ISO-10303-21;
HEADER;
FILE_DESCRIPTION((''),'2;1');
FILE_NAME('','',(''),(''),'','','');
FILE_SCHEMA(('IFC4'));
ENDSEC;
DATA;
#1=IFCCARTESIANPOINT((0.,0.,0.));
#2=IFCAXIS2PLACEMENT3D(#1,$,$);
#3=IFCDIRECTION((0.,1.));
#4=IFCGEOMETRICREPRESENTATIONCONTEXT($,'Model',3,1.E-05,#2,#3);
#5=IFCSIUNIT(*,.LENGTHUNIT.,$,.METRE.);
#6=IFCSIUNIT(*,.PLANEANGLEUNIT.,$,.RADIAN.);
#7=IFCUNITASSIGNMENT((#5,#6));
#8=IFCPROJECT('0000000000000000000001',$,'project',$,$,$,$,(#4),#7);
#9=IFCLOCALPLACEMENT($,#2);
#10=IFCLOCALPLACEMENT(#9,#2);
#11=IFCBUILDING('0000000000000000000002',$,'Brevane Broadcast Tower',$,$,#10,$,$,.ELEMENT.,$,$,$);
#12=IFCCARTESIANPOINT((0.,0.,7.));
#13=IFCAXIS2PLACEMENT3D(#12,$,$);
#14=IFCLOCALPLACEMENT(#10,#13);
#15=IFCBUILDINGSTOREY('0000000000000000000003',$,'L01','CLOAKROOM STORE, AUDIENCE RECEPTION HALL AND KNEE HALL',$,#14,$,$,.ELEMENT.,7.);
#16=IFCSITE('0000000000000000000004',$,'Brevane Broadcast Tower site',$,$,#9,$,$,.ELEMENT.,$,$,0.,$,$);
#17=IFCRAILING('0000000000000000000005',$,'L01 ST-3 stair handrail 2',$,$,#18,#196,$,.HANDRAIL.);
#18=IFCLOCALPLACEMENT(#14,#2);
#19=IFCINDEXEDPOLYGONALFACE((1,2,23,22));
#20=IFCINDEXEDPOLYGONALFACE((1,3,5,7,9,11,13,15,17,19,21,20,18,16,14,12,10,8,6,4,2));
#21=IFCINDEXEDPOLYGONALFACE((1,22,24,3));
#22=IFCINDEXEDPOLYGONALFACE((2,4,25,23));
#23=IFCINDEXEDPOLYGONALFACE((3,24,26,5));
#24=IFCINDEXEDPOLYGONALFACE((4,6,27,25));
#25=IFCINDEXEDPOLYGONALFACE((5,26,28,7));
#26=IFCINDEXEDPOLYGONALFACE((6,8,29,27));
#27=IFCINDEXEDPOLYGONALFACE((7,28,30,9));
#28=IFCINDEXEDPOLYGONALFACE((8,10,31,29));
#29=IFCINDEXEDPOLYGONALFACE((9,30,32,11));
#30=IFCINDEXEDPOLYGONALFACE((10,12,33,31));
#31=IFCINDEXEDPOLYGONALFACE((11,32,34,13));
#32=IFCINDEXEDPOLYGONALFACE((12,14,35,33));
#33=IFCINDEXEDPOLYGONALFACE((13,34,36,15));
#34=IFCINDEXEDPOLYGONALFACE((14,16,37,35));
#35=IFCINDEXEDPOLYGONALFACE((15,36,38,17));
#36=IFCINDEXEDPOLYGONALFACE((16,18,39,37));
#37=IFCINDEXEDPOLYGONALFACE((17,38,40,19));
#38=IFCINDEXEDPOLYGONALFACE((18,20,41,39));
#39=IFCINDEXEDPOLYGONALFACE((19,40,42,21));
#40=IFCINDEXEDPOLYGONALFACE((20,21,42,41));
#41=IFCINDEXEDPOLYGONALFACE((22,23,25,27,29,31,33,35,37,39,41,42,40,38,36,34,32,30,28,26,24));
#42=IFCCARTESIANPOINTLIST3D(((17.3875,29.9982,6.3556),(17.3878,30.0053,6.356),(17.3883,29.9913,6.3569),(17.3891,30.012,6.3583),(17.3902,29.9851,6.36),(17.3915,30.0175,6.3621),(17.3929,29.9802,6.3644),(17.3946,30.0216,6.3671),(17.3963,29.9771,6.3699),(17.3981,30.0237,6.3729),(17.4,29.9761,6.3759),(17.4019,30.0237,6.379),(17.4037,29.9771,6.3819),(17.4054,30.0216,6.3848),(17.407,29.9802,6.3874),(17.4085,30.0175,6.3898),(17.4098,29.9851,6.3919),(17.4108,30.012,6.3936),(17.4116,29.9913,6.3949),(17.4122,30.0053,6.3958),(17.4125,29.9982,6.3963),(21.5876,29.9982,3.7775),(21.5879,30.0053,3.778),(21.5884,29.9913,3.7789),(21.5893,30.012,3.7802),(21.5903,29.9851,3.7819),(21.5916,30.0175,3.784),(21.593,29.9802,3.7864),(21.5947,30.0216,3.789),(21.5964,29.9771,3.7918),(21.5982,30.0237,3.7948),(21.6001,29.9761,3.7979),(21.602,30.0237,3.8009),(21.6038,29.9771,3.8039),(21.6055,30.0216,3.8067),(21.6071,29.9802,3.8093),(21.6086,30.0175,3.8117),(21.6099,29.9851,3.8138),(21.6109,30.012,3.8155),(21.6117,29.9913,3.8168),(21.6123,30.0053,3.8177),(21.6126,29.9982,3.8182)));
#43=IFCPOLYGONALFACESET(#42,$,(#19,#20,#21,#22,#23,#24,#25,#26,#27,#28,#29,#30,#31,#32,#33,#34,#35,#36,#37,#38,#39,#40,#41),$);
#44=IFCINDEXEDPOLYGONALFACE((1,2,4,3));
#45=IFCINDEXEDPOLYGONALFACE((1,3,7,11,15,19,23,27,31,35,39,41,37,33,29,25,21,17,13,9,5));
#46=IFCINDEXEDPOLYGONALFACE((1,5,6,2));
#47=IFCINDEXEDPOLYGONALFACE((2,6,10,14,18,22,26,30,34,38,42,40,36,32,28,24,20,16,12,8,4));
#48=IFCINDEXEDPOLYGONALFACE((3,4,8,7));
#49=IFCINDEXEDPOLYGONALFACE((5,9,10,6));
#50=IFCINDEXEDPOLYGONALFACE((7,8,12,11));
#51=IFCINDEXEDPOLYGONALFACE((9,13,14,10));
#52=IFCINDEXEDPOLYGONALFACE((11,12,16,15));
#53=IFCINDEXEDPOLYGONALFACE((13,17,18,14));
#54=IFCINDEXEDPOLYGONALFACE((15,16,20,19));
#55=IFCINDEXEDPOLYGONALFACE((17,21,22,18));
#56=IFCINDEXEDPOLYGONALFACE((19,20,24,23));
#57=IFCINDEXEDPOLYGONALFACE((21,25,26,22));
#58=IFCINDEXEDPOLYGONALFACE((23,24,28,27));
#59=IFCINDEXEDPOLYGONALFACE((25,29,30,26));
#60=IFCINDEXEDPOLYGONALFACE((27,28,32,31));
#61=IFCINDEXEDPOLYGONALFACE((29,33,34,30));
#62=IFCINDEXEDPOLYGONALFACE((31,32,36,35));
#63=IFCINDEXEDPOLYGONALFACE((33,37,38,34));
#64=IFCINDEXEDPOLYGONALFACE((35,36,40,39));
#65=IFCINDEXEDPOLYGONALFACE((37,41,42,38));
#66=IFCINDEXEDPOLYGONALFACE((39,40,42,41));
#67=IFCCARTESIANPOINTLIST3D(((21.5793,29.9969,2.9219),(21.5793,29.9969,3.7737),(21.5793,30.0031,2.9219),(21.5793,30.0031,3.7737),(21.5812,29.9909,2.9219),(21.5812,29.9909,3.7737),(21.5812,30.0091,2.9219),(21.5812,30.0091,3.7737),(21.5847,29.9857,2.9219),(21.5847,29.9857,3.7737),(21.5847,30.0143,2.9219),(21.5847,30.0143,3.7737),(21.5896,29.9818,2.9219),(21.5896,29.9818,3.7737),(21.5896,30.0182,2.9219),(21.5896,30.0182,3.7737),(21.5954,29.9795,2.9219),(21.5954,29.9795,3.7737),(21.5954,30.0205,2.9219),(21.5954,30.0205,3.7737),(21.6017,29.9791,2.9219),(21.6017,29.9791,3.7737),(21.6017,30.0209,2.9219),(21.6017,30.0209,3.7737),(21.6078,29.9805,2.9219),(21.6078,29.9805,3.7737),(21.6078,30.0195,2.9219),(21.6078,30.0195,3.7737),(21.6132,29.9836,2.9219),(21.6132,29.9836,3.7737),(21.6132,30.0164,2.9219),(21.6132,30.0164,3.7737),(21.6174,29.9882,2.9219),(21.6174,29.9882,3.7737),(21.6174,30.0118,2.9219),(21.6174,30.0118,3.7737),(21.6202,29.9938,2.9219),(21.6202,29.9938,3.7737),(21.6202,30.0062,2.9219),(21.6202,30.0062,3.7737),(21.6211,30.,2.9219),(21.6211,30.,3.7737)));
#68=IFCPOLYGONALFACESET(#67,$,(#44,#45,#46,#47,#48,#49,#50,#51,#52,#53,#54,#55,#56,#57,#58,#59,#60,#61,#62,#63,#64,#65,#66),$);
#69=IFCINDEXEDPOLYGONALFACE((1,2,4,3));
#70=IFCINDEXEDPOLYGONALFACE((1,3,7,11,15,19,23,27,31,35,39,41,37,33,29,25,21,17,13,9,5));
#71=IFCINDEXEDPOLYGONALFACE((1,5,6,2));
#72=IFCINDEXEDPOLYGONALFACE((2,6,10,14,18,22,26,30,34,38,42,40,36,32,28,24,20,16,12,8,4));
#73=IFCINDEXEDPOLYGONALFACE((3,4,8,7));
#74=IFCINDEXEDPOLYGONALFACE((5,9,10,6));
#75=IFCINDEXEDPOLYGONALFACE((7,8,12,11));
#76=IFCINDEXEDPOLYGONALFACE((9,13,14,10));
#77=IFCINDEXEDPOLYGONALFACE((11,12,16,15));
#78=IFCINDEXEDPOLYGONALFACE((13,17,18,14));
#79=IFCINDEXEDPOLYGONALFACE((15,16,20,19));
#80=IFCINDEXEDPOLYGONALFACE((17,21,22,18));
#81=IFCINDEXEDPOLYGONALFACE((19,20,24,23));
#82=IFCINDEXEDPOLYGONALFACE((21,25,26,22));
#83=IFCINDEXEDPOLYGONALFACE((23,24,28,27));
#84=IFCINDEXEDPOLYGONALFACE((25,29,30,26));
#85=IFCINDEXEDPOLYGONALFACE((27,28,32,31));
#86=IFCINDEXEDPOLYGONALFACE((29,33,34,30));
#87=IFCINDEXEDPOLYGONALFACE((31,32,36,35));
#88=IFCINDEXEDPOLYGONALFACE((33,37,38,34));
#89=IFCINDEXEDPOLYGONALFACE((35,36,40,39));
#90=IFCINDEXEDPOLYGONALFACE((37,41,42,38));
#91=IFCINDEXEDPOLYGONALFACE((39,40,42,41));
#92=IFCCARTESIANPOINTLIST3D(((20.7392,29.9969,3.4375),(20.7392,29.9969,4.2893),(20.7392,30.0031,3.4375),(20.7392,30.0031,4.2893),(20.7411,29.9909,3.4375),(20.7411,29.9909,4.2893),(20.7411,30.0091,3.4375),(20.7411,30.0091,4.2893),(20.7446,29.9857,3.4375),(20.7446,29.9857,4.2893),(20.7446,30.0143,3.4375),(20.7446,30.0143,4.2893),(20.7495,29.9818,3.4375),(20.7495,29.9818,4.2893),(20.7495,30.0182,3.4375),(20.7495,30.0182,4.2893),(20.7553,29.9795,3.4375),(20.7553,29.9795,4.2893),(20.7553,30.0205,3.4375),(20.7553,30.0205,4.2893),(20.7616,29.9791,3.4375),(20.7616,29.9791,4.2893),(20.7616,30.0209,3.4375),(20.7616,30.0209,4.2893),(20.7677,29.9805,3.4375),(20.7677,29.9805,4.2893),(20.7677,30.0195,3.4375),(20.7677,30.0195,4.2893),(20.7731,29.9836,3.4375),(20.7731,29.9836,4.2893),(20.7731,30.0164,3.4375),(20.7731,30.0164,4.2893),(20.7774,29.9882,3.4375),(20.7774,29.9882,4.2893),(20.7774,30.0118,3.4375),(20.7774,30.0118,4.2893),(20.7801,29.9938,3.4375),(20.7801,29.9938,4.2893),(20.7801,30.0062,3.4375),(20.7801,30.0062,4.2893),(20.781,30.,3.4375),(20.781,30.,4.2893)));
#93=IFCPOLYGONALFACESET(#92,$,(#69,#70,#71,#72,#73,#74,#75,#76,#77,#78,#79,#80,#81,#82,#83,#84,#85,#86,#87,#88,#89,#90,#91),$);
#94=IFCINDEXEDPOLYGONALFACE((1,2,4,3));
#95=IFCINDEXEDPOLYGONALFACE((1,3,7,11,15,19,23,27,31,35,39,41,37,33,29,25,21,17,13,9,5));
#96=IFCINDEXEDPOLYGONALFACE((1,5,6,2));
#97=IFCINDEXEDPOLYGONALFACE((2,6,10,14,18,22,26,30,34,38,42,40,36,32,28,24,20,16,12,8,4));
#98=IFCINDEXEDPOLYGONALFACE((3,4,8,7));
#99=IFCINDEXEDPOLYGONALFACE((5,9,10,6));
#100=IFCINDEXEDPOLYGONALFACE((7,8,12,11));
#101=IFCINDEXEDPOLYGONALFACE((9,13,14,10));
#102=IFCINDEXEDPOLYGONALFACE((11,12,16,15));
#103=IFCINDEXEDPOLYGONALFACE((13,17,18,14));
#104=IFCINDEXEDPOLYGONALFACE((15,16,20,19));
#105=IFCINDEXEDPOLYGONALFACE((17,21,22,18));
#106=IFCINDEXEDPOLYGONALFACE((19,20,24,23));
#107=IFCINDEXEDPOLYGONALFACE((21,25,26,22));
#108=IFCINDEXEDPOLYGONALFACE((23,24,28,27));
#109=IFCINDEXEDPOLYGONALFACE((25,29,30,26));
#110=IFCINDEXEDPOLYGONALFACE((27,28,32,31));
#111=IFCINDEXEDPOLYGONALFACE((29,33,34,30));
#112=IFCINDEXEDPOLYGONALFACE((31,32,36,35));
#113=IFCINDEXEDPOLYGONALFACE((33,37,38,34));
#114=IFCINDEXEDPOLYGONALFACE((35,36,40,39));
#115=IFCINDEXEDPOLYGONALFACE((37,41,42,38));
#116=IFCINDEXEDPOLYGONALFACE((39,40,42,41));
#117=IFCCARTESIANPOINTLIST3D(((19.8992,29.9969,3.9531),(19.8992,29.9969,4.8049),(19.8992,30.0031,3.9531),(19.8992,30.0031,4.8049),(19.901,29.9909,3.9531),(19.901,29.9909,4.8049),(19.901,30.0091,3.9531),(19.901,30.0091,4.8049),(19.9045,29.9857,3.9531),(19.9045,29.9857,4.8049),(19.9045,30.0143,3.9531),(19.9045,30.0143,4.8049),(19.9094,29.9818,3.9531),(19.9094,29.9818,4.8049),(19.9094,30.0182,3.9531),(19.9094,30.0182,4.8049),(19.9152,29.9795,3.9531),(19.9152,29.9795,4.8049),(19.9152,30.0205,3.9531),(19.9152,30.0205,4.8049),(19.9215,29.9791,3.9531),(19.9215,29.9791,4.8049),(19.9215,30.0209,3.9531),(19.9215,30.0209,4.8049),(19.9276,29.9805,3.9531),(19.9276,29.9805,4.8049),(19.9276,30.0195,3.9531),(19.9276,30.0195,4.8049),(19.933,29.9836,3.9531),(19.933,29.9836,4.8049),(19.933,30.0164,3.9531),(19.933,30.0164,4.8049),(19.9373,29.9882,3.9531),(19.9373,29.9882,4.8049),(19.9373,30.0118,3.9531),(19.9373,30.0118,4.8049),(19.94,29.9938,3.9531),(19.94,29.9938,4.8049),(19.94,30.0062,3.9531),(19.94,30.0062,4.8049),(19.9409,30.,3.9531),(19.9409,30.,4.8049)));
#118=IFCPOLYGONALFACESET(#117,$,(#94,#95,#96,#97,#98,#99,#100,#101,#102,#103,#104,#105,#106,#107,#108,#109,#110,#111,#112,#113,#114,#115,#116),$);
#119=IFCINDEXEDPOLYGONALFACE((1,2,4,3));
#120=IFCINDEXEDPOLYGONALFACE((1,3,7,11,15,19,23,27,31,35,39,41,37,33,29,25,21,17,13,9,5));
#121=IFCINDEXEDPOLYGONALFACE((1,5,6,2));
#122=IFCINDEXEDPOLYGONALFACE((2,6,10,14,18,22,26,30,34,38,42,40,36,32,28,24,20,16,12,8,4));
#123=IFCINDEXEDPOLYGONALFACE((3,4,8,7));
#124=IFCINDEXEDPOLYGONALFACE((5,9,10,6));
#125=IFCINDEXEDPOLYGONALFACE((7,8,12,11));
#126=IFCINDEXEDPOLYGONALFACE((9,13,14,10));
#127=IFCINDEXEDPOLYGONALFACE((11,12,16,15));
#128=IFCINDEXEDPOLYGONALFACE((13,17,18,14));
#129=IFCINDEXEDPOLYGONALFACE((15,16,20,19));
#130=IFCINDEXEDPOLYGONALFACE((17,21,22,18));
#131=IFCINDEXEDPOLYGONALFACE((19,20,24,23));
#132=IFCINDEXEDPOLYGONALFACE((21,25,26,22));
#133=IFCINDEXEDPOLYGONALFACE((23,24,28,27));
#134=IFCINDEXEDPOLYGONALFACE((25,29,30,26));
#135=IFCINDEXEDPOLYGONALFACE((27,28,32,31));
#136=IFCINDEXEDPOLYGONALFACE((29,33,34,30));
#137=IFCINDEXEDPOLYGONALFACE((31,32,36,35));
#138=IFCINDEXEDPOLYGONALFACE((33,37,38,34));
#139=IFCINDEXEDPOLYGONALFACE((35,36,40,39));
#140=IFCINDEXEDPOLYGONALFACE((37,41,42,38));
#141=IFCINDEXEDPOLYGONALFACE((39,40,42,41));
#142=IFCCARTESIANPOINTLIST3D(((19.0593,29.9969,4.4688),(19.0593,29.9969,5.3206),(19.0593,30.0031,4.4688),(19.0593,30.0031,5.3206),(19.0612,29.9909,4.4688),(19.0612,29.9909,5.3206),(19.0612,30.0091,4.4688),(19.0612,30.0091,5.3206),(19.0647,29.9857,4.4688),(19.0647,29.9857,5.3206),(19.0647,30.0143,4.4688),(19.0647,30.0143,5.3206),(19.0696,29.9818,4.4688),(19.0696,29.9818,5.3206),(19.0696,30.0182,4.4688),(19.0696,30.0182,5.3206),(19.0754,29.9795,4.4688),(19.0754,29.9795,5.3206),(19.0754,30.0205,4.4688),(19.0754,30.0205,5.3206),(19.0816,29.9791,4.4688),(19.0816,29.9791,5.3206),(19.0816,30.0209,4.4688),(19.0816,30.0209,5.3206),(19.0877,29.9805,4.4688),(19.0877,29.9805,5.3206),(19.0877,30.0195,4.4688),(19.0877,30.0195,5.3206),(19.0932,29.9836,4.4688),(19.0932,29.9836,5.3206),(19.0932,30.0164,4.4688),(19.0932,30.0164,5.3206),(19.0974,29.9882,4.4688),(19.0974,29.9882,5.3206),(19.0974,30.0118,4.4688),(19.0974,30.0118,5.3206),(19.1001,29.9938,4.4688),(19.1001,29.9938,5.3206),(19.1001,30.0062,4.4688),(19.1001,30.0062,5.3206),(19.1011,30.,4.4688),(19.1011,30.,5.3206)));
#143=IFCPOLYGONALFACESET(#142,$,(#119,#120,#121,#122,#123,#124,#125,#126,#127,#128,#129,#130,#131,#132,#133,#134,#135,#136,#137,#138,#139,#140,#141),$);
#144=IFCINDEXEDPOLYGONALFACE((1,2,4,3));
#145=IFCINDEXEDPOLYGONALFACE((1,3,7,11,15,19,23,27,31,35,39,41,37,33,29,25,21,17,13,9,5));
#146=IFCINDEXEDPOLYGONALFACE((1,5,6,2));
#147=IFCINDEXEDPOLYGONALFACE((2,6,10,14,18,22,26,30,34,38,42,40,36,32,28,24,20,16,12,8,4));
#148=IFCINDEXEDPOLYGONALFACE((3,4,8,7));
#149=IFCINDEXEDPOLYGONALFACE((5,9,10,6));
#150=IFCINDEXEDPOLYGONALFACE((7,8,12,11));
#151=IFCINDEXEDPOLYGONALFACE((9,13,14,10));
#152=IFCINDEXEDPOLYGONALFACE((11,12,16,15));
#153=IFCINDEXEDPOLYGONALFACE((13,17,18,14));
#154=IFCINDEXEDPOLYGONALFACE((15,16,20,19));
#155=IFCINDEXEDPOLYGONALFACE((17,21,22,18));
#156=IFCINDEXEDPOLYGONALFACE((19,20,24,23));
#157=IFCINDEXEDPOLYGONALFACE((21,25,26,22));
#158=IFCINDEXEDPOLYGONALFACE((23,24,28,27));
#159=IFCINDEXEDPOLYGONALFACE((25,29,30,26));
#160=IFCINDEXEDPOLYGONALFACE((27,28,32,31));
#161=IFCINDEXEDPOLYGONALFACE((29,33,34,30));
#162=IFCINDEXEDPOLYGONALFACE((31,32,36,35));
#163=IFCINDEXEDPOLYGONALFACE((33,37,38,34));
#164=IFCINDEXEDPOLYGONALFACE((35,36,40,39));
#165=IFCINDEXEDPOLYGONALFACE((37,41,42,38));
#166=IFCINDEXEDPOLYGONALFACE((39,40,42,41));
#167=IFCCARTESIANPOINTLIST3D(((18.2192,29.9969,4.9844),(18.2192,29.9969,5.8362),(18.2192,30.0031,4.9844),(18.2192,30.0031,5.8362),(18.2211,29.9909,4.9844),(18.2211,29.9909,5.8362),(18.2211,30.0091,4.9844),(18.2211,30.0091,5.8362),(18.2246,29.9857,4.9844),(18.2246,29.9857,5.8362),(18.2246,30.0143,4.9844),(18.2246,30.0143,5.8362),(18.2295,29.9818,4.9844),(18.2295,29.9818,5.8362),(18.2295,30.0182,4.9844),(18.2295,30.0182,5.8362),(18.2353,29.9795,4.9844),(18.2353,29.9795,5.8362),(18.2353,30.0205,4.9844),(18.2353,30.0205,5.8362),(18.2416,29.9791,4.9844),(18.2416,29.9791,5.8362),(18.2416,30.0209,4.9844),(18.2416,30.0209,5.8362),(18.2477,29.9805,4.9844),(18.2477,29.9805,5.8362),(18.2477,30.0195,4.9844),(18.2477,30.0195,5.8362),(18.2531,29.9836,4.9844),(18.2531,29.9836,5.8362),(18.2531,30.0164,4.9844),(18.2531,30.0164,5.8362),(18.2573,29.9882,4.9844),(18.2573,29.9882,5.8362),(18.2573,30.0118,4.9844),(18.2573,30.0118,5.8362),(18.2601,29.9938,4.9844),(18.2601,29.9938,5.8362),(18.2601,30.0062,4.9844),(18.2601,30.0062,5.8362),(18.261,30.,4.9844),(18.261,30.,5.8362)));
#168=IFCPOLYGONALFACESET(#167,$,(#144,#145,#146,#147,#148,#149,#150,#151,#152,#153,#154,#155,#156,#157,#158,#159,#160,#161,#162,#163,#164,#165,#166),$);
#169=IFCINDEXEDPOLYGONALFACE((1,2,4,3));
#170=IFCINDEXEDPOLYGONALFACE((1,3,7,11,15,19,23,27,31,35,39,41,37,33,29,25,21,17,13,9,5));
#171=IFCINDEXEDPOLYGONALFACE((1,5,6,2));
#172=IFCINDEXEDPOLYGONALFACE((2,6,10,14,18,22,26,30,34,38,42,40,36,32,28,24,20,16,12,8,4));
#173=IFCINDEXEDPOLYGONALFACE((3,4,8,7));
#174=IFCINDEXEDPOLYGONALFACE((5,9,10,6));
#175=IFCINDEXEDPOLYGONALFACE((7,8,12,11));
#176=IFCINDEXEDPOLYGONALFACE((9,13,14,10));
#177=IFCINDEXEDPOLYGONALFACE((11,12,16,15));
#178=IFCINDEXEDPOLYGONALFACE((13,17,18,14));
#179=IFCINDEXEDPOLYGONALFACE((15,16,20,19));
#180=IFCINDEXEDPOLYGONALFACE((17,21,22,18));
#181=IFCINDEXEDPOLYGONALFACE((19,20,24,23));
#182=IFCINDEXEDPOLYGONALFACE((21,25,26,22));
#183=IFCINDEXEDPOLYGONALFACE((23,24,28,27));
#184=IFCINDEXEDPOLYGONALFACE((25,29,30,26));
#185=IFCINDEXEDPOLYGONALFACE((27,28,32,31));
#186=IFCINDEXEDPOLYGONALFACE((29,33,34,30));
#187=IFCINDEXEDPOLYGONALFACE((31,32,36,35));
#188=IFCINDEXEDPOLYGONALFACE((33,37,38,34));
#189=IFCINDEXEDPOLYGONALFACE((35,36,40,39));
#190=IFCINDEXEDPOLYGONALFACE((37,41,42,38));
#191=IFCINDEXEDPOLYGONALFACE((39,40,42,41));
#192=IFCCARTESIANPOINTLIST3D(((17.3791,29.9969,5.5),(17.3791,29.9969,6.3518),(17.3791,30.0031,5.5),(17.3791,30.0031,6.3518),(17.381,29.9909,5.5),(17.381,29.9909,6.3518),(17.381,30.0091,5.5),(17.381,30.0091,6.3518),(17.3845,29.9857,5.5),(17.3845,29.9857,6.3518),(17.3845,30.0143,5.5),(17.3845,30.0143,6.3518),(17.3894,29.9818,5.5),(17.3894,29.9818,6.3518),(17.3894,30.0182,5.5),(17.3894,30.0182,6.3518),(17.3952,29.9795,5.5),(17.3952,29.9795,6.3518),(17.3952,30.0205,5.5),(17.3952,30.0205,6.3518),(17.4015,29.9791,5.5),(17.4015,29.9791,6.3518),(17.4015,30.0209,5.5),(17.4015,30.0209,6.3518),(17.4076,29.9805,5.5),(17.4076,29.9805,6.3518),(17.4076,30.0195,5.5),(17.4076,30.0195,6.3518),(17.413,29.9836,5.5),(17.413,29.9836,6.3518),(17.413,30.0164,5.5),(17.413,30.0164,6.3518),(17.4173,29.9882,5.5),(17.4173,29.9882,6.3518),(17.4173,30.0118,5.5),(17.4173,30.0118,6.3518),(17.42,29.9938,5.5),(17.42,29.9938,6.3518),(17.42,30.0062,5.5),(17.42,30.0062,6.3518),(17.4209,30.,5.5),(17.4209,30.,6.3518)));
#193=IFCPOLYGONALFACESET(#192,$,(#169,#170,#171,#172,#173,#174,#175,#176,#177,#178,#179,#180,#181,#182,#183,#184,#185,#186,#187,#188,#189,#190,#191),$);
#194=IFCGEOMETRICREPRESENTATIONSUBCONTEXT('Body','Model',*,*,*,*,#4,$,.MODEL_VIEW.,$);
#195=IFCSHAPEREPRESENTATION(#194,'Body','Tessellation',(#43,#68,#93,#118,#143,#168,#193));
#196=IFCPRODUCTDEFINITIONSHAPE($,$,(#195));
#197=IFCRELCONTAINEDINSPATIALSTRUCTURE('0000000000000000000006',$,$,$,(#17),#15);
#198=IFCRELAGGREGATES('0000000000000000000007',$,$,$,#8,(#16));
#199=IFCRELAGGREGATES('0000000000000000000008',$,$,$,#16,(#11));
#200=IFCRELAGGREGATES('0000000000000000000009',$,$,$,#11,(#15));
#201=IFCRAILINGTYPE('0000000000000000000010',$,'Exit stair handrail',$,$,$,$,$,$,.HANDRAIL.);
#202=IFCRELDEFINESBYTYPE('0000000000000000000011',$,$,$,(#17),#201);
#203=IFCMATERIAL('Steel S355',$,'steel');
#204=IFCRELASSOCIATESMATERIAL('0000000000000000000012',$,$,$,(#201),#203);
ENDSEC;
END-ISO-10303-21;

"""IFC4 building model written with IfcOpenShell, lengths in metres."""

from ifc_helpers import new_model, si_unit, direction, frame, origin, origin_2d, place, context, subcontext, project, spatial, circle, extrude, material, type_object, element, save


model = new_model("IFC4")

# Units and contexts
model_context = context("Model", 3, precision=1e-05, world=origin(), true_north=direction((0.0, 1.0)))
body_context = subcontext(model_context, "Body", "Model", "MODEL_VIEW")
ifc_project = project(units=[si_unit("LENGTHUNIT", "METRE"), si_unit("PLANEANGLEUNIT", "RADIAN")], contexts=[model_context])

# Site, building, storey
site_placement = place(None, origin())
site = spatial("IfcSite", under=ifc_project, at=site_placement, Name="Brevane Broadcast Tower site", CompositionType="ELEMENT", RefElevation=0.0)
building_placement = place(site_placement, origin())
building = spatial("IfcBuilding", under=site, at=building_placement, Name="Brevane Broadcast Tower", CompositionType="ELEMENT")
storey_placement = place(building_placement, frame((0.0, 0.0, 7.0)))
storey = spatial("IfcBuildingStorey", under=building, at=storey_placement, Name="L01", Description="CLOAKROOM STORE, AUDIENCE RECEPTION HALL AND KNEE HALL", CompositionType="ELEMENT", Elevation=7.0)

# Railing
ifc_material_1 = material(Name="Steel S355", Category="steel")
railing_type_1 = type_object("IfcRailingType", Name="Exit stair handrail", PredefinedType="HANDRAIL", material=ifc_material_1)
railing_1_placement = place(storey_placement, frame((21.6001, 30.0, 2.9219)))
element("IfcRailing", 1, at=railing_1_placement, inside=storey, type_object=railing_type_1, Name="L01 ST-3 stair handrail 2", PredefinedType="HANDRAIL", context=body_context, shape_type="SweptSolid", body=[
    extrude(circle(Radius=0.0239, at=origin_2d()), frame((0.0, 0.0, 0.876), z_axis=(-0.852256, 0.0, 0.523124), x_axis=(0.0, -1.0, 0.0)), (0.0, 0.0, 1.0), 4.9282),
    extrude(circle(Radius=0.021, at=origin_2d()), origin(), (0.0, 0.0, 1.0), 0.8518),
    extrude(circle(Radius=0.021, at=origin_2d()), frame((-0.8401, 0.0, 0.5156)), (0.0, 0.0, 1.0), 0.8518),
    extrude(circle(Radius=0.021, at=origin_2d()), frame((-1.6802, 0.0, 1.0312)), (0.0, 0.0, 1.0), 0.8518),
    extrude(circle(Radius=0.021, at=origin_2d()), frame((-2.52, 0.0, 1.5469)), (0.0, 0.0, 1.0), 0.8518),
    extrude(circle(Radius=0.021, at=origin_2d()), frame((-3.3601, 0.0, 2.0625)), (0.0, 0.0, 1.0), 0.8518),
    extrude(circle(Radius=0.021, at=origin_2d()), frame((-4.2002, 0.0, 2.5781)), (0.0, 0.0, 1.0), 0.8518),
])

save(model, "model.ifc")
